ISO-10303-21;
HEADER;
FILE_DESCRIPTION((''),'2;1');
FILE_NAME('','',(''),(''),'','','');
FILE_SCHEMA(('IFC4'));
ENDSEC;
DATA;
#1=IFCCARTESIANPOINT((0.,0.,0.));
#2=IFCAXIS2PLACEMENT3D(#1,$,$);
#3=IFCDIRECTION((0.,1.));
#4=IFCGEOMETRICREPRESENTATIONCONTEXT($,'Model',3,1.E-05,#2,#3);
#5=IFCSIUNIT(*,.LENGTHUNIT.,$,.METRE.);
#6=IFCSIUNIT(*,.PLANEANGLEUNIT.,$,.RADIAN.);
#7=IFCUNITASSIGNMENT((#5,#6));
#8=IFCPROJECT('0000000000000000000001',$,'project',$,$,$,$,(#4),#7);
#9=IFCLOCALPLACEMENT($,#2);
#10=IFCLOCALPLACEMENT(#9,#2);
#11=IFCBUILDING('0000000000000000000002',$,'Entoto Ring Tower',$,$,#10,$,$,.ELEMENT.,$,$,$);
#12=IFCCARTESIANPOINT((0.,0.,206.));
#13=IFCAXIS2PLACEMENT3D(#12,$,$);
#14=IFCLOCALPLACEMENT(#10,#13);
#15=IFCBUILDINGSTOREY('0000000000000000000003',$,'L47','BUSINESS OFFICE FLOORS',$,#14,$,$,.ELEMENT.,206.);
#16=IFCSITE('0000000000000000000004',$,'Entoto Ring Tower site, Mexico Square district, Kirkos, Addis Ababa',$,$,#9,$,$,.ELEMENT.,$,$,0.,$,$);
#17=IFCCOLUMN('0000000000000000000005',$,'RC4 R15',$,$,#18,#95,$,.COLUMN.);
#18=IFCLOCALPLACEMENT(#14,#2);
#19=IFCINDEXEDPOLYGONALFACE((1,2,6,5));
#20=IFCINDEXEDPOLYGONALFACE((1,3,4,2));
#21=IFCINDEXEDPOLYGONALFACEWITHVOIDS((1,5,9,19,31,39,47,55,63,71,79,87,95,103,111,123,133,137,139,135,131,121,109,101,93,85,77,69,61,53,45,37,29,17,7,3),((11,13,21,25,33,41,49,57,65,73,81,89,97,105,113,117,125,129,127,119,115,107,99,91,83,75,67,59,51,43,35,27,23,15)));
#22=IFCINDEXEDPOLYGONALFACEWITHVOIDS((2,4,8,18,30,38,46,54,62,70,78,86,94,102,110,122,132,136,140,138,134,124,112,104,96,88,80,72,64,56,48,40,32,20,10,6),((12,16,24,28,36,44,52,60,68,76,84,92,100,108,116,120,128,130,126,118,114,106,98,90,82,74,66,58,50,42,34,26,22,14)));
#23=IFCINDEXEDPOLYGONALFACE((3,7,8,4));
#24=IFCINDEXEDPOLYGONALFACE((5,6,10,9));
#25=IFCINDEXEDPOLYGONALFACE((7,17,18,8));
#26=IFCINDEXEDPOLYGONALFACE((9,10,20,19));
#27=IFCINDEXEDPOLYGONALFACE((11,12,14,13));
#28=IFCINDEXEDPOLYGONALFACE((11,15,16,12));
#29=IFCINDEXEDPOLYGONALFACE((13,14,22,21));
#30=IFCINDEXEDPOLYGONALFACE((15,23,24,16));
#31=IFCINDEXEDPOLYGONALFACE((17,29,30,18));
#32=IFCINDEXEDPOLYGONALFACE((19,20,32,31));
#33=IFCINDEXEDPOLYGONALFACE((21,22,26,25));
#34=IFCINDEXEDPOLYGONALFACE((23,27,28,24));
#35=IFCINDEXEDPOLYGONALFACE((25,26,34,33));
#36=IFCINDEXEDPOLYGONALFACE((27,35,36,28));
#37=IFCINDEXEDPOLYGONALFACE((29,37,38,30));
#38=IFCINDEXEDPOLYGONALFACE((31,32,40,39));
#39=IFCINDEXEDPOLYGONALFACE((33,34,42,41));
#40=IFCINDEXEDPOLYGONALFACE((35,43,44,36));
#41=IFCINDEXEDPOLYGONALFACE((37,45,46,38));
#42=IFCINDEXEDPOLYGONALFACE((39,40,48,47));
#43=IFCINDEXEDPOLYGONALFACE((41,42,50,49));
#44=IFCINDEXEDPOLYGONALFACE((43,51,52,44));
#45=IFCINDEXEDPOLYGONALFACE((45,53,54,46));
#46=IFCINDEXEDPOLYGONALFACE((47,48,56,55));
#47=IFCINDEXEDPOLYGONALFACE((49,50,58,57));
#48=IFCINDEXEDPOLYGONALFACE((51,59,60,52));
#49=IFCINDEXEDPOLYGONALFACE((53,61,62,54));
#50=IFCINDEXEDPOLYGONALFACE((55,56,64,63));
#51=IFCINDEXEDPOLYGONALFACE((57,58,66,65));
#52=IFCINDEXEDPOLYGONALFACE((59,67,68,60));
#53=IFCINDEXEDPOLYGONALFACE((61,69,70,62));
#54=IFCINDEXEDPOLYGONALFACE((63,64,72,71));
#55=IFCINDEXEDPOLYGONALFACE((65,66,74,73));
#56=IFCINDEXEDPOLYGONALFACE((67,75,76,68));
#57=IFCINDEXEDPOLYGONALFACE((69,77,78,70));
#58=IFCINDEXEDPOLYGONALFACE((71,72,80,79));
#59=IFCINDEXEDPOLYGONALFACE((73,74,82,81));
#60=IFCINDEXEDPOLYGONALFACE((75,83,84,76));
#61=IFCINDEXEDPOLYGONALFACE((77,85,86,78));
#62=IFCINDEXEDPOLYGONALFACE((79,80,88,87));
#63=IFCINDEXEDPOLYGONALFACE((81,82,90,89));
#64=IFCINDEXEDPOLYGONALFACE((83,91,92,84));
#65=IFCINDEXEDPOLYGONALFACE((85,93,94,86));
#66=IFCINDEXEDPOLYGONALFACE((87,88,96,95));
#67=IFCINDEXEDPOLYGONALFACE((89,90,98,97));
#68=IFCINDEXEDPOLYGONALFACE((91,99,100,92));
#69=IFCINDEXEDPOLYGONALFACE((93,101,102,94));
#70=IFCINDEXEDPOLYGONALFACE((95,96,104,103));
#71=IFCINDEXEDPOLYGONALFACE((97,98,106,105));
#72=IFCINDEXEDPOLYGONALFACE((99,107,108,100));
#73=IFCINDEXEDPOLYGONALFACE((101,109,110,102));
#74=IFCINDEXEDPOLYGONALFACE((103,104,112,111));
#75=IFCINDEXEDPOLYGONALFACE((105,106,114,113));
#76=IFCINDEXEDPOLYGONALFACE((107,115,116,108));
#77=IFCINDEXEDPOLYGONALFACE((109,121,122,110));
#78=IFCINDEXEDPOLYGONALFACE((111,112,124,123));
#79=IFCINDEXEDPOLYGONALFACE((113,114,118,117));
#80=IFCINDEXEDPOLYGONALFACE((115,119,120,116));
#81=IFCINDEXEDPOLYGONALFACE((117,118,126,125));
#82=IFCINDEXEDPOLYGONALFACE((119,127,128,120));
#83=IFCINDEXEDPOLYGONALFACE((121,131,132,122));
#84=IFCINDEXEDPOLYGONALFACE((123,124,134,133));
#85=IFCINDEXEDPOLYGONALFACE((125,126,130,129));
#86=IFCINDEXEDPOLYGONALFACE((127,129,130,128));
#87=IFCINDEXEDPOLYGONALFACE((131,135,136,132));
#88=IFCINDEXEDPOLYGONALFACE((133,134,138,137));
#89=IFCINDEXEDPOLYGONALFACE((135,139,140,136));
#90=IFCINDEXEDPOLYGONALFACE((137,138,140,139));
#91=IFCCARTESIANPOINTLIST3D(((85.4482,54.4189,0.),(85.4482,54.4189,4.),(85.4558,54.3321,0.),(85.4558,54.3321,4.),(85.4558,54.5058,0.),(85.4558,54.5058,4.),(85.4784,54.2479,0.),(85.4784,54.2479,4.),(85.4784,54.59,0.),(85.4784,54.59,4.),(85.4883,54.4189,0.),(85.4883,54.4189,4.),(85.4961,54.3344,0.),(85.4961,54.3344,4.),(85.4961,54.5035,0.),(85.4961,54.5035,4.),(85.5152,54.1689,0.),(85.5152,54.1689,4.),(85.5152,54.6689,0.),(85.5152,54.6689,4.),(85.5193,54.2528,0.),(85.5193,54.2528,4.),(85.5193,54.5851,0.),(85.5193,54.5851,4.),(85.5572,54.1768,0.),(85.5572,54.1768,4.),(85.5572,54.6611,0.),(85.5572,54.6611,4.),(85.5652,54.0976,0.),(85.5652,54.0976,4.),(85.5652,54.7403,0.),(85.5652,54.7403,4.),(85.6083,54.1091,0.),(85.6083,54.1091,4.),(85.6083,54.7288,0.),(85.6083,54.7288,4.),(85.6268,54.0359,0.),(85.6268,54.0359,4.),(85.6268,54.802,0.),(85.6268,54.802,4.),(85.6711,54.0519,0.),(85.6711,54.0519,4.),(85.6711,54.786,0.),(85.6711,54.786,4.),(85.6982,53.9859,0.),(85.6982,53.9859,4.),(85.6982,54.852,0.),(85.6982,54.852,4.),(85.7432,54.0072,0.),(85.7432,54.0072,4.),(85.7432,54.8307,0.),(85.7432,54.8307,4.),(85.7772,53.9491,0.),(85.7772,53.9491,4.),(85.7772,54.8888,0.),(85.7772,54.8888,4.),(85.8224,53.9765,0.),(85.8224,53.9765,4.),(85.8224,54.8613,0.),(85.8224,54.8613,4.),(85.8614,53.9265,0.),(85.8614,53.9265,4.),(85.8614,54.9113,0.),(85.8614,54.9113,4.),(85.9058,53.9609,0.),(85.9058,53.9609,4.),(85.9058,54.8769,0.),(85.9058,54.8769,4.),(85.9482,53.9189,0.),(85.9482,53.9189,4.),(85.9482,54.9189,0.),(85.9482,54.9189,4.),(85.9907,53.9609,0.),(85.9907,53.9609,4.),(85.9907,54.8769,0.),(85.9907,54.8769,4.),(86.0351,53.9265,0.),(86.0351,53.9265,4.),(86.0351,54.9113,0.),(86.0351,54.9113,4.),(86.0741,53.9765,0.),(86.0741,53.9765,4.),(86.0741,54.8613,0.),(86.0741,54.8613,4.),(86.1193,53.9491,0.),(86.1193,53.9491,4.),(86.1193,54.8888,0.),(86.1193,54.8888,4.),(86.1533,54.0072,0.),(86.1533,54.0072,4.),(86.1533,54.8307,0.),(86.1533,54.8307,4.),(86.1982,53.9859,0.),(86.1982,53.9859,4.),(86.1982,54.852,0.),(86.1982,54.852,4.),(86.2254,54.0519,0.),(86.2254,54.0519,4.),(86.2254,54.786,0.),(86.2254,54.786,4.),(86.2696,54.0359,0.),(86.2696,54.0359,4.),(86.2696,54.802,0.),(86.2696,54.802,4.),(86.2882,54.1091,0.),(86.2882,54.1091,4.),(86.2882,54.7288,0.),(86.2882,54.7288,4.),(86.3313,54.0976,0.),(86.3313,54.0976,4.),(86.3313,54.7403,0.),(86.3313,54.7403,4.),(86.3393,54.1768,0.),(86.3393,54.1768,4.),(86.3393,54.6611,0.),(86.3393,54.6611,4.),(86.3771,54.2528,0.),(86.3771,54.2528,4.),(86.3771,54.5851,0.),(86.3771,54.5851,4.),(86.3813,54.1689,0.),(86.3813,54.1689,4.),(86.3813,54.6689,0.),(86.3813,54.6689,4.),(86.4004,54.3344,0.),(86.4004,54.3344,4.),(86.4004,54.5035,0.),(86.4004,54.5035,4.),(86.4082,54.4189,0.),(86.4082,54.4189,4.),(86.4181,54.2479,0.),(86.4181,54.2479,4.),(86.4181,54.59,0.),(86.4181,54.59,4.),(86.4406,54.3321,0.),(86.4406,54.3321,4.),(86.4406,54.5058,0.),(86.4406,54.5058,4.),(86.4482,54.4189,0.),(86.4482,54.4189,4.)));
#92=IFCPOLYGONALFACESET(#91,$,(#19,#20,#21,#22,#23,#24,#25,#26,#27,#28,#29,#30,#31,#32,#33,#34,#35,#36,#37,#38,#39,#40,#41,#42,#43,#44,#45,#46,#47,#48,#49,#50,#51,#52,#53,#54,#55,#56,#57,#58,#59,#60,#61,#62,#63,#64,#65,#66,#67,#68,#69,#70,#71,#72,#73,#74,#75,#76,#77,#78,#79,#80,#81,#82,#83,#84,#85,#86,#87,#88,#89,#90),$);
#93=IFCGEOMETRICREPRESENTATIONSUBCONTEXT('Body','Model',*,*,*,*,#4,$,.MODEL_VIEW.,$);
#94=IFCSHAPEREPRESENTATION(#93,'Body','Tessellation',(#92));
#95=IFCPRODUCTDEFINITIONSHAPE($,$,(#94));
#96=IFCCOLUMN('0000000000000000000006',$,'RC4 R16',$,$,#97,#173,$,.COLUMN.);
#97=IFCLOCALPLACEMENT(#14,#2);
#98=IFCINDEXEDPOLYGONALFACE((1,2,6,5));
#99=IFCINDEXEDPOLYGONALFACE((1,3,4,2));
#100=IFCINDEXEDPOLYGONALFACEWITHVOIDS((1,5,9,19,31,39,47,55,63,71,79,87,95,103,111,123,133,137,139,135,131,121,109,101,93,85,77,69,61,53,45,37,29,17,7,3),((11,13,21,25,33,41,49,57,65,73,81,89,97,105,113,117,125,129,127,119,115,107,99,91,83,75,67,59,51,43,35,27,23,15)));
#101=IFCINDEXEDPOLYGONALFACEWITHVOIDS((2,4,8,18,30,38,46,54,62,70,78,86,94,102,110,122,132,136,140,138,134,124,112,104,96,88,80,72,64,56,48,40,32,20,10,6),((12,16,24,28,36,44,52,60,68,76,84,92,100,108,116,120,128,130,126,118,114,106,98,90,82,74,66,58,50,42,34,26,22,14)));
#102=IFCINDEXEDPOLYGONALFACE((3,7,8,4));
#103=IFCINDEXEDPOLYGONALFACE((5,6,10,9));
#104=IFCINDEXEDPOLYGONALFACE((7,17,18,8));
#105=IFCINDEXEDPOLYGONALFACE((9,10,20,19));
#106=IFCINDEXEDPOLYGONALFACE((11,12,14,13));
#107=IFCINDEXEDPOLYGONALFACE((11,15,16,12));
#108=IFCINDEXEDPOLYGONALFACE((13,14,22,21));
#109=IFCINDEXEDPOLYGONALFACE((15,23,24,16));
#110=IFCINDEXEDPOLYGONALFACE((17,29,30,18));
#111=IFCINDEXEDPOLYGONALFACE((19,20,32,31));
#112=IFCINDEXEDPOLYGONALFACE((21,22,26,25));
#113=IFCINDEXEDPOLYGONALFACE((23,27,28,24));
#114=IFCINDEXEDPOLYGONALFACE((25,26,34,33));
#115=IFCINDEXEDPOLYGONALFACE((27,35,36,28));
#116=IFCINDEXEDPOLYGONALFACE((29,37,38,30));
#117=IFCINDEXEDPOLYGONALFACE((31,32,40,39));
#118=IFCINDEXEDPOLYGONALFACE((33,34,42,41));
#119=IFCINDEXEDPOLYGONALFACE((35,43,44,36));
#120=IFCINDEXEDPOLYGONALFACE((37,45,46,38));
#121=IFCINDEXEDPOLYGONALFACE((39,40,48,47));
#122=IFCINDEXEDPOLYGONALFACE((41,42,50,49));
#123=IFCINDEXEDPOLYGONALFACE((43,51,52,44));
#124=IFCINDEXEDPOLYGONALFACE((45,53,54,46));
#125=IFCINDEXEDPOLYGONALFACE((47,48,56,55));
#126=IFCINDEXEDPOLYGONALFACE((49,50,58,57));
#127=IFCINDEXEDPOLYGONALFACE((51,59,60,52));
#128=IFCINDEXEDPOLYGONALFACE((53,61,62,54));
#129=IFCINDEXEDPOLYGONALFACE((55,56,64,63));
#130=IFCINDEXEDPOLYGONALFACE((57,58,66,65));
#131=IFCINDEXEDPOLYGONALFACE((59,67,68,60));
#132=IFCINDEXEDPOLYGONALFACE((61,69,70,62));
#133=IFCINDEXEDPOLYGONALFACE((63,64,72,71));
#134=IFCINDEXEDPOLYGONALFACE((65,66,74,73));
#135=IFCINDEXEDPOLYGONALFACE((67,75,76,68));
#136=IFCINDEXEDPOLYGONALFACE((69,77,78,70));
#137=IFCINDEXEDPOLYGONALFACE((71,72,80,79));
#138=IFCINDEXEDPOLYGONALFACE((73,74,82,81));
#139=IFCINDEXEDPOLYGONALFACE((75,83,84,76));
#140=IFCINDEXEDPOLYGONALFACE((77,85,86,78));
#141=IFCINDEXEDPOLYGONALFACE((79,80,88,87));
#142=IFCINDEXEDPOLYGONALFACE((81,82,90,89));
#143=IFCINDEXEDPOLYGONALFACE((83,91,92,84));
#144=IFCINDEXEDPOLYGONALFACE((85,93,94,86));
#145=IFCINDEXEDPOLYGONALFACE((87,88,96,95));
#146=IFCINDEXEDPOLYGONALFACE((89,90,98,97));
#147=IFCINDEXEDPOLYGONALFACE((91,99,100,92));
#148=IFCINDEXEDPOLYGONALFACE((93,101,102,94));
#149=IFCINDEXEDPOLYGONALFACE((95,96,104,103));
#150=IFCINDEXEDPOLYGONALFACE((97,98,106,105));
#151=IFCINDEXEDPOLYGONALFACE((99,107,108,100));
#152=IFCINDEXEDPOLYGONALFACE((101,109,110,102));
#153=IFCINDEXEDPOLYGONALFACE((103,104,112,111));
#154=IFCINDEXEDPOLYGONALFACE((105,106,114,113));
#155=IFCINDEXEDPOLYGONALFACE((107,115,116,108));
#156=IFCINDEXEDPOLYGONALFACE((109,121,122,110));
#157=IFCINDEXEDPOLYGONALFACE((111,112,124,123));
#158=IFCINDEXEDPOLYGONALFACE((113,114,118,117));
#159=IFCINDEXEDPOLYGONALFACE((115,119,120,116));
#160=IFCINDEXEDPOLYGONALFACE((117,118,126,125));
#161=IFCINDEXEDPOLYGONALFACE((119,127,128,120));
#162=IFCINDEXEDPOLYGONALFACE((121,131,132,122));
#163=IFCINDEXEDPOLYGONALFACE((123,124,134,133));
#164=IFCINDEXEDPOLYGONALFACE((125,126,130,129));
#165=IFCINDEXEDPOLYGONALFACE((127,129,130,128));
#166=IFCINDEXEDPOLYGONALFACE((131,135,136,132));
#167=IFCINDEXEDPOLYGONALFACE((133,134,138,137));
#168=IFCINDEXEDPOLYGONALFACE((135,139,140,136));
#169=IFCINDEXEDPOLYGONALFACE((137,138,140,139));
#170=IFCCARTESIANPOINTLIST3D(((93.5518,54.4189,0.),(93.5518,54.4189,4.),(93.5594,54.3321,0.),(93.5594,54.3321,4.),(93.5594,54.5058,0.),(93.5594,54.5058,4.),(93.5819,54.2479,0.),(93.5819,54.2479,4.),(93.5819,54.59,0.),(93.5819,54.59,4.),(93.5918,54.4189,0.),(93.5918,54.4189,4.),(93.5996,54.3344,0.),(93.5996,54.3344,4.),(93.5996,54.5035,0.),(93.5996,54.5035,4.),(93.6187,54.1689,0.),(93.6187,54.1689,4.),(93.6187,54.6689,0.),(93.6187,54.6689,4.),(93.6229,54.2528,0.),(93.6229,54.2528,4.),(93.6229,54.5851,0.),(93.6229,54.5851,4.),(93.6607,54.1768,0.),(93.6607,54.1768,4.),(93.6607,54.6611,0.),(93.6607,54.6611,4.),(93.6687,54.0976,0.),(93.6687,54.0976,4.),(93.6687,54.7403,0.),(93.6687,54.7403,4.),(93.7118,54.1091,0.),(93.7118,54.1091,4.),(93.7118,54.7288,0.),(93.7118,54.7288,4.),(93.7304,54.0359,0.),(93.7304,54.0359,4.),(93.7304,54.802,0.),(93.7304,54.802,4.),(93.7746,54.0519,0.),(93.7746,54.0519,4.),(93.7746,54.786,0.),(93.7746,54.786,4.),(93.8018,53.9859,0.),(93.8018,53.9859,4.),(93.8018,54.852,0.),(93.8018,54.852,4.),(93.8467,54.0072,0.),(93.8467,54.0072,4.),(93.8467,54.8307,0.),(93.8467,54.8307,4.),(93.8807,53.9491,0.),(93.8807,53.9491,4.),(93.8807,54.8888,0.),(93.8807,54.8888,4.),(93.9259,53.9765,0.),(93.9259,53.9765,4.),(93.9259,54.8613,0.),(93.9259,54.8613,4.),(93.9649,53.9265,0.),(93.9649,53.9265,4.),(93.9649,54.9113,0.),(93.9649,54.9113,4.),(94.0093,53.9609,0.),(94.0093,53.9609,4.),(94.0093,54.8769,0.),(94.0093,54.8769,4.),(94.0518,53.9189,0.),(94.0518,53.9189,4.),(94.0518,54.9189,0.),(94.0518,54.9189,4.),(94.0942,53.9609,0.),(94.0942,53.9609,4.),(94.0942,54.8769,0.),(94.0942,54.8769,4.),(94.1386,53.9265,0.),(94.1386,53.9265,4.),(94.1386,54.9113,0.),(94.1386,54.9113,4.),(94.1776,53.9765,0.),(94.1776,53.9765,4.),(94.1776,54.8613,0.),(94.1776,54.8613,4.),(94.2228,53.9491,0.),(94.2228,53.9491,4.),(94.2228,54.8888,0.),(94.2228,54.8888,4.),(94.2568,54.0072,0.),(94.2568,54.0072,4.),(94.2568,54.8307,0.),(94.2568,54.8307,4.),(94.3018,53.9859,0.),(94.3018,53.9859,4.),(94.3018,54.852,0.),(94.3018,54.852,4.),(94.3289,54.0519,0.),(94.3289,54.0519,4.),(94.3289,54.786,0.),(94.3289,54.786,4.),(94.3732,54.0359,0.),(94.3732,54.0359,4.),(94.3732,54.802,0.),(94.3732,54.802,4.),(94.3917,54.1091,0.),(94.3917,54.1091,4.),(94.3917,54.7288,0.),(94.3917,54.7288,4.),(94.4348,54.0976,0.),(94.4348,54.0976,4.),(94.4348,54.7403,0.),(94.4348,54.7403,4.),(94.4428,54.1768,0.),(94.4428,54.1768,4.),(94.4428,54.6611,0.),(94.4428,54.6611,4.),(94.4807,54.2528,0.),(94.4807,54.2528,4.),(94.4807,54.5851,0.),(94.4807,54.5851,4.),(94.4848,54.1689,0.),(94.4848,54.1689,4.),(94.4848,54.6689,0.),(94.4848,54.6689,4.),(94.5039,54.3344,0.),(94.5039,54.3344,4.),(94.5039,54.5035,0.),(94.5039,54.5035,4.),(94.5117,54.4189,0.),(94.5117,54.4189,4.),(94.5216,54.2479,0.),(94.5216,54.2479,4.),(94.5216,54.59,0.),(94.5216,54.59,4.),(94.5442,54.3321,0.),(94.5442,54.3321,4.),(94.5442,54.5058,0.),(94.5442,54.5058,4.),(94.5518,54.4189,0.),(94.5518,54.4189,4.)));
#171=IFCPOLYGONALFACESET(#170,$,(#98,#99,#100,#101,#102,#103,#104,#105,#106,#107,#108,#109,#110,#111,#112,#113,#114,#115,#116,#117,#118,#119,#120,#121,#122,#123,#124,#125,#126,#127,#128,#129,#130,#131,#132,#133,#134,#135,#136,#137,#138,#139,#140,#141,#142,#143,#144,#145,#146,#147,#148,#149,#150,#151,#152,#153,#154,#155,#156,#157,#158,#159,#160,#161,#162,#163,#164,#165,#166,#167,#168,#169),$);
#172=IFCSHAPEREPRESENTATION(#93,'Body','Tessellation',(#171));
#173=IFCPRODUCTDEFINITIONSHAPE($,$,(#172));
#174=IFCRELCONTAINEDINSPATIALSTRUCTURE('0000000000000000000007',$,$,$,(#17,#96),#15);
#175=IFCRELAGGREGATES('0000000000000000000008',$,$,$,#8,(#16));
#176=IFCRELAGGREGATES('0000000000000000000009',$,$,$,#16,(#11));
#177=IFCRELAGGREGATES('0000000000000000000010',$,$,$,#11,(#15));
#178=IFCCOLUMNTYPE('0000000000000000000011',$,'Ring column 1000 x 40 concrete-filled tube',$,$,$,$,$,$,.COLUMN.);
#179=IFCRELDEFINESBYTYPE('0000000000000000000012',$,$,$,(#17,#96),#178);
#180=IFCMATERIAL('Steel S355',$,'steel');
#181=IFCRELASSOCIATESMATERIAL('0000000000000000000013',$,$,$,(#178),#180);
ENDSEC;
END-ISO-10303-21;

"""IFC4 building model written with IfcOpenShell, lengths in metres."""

from ifc_helpers import new_model, si_unit, direction, frame, origin, origin_2d, place, context, subcontext, project, spatial, circle, hollow_circle, extrude, material, material_profile, profile_set, type_object, element, save


model = new_model("IFC4")

# Units and contexts
model_context = context("Model", 3, precision=1e-05, world=origin(), true_north=direction((0.0, 1.0)))
body_context = subcontext(model_context, "Body", "Model", "MODEL_VIEW")
ifc_project = project(units=[si_unit("LENGTHUNIT", "METRE"), si_unit("PLANEANGLEUNIT", "RADIAN")], contexts=[model_context])

# Site, building, storey
site_placement = place(None, origin())
site = spatial("IfcSite", under=ifc_project, at=site_placement, Name="Entoto Ring Tower site, Mexico Square district, Kirkos, Addis Ababa", CompositionType="ELEMENT", RefElevation=0.0)
building_placement = place(site_placement, origin())
building = spatial("IfcBuilding", under=site, at=building_placement, Name="Entoto Ring Tower", CompositionType="ELEMENT")
storey_placement = place(building_placement, frame((0.0, 0.0, 206.0)))
storey = spatial("IfcBuildingStorey", under=building, at=storey_placement, Name="L47", Description="BUSINESS OFFICE FLOORS", CompositionType="ELEMENT", Elevation=206.0)

# Columns
ifc_material_1 = material(Name="Steel S355", Category="steel")
ifc_material_profile_1 = material_profile(ifc_material_1, hollow_circle(Radius=0.5, WallThickness=0.04, at=origin_2d()), Name="CHS 1000 x 40")
ifc_material_2 = material(Name="Concrete C60/75", Category="concrete")
ifc_material_profile_2 = material_profile(ifc_material_2, circle(Radius=0.46, at=origin_2d()), Name="Concrete C60/75 infill")
ifc_profile_set_1 = profile_set([ifc_material_profile_1, ifc_material_profile_2], Name="Steel S355")
column_type = type_object("IfcColumnType", Name="Ring column 1000 x 40 concrete-filled tube", PredefinedType="COLUMN", material=ifc_profile_set_1)
for number, where, z_axis, x_axis, name in (
    (1, (85.9482, 54.4189, 0.0), (0.0, 0.0, 1.0), (1.0, 0.0, 0.0), "RC4 R15"),
    (2, (94.0518, 54.4189, 0.0), (0.0, 0.0, 1.0), (1.0, 0.0, 0.0), "RC4 R16"),
):
    element("IfcColumn", number, at=place(storey_placement, frame(where, z_axis=z_axis, x_axis=x_axis)), inside=storey, type_object=column_type, Name=name, PredefinedType="COLUMN", context=body_context, shape_type="SweptSolid", body=[
        extrude(hollow_circle(Radius=0.5, WallThickness=0.04, at=origin_2d()), origin(), (0.0, 0.0, 1.0), 4.0),
    ])

save(model, "model.ifc")
